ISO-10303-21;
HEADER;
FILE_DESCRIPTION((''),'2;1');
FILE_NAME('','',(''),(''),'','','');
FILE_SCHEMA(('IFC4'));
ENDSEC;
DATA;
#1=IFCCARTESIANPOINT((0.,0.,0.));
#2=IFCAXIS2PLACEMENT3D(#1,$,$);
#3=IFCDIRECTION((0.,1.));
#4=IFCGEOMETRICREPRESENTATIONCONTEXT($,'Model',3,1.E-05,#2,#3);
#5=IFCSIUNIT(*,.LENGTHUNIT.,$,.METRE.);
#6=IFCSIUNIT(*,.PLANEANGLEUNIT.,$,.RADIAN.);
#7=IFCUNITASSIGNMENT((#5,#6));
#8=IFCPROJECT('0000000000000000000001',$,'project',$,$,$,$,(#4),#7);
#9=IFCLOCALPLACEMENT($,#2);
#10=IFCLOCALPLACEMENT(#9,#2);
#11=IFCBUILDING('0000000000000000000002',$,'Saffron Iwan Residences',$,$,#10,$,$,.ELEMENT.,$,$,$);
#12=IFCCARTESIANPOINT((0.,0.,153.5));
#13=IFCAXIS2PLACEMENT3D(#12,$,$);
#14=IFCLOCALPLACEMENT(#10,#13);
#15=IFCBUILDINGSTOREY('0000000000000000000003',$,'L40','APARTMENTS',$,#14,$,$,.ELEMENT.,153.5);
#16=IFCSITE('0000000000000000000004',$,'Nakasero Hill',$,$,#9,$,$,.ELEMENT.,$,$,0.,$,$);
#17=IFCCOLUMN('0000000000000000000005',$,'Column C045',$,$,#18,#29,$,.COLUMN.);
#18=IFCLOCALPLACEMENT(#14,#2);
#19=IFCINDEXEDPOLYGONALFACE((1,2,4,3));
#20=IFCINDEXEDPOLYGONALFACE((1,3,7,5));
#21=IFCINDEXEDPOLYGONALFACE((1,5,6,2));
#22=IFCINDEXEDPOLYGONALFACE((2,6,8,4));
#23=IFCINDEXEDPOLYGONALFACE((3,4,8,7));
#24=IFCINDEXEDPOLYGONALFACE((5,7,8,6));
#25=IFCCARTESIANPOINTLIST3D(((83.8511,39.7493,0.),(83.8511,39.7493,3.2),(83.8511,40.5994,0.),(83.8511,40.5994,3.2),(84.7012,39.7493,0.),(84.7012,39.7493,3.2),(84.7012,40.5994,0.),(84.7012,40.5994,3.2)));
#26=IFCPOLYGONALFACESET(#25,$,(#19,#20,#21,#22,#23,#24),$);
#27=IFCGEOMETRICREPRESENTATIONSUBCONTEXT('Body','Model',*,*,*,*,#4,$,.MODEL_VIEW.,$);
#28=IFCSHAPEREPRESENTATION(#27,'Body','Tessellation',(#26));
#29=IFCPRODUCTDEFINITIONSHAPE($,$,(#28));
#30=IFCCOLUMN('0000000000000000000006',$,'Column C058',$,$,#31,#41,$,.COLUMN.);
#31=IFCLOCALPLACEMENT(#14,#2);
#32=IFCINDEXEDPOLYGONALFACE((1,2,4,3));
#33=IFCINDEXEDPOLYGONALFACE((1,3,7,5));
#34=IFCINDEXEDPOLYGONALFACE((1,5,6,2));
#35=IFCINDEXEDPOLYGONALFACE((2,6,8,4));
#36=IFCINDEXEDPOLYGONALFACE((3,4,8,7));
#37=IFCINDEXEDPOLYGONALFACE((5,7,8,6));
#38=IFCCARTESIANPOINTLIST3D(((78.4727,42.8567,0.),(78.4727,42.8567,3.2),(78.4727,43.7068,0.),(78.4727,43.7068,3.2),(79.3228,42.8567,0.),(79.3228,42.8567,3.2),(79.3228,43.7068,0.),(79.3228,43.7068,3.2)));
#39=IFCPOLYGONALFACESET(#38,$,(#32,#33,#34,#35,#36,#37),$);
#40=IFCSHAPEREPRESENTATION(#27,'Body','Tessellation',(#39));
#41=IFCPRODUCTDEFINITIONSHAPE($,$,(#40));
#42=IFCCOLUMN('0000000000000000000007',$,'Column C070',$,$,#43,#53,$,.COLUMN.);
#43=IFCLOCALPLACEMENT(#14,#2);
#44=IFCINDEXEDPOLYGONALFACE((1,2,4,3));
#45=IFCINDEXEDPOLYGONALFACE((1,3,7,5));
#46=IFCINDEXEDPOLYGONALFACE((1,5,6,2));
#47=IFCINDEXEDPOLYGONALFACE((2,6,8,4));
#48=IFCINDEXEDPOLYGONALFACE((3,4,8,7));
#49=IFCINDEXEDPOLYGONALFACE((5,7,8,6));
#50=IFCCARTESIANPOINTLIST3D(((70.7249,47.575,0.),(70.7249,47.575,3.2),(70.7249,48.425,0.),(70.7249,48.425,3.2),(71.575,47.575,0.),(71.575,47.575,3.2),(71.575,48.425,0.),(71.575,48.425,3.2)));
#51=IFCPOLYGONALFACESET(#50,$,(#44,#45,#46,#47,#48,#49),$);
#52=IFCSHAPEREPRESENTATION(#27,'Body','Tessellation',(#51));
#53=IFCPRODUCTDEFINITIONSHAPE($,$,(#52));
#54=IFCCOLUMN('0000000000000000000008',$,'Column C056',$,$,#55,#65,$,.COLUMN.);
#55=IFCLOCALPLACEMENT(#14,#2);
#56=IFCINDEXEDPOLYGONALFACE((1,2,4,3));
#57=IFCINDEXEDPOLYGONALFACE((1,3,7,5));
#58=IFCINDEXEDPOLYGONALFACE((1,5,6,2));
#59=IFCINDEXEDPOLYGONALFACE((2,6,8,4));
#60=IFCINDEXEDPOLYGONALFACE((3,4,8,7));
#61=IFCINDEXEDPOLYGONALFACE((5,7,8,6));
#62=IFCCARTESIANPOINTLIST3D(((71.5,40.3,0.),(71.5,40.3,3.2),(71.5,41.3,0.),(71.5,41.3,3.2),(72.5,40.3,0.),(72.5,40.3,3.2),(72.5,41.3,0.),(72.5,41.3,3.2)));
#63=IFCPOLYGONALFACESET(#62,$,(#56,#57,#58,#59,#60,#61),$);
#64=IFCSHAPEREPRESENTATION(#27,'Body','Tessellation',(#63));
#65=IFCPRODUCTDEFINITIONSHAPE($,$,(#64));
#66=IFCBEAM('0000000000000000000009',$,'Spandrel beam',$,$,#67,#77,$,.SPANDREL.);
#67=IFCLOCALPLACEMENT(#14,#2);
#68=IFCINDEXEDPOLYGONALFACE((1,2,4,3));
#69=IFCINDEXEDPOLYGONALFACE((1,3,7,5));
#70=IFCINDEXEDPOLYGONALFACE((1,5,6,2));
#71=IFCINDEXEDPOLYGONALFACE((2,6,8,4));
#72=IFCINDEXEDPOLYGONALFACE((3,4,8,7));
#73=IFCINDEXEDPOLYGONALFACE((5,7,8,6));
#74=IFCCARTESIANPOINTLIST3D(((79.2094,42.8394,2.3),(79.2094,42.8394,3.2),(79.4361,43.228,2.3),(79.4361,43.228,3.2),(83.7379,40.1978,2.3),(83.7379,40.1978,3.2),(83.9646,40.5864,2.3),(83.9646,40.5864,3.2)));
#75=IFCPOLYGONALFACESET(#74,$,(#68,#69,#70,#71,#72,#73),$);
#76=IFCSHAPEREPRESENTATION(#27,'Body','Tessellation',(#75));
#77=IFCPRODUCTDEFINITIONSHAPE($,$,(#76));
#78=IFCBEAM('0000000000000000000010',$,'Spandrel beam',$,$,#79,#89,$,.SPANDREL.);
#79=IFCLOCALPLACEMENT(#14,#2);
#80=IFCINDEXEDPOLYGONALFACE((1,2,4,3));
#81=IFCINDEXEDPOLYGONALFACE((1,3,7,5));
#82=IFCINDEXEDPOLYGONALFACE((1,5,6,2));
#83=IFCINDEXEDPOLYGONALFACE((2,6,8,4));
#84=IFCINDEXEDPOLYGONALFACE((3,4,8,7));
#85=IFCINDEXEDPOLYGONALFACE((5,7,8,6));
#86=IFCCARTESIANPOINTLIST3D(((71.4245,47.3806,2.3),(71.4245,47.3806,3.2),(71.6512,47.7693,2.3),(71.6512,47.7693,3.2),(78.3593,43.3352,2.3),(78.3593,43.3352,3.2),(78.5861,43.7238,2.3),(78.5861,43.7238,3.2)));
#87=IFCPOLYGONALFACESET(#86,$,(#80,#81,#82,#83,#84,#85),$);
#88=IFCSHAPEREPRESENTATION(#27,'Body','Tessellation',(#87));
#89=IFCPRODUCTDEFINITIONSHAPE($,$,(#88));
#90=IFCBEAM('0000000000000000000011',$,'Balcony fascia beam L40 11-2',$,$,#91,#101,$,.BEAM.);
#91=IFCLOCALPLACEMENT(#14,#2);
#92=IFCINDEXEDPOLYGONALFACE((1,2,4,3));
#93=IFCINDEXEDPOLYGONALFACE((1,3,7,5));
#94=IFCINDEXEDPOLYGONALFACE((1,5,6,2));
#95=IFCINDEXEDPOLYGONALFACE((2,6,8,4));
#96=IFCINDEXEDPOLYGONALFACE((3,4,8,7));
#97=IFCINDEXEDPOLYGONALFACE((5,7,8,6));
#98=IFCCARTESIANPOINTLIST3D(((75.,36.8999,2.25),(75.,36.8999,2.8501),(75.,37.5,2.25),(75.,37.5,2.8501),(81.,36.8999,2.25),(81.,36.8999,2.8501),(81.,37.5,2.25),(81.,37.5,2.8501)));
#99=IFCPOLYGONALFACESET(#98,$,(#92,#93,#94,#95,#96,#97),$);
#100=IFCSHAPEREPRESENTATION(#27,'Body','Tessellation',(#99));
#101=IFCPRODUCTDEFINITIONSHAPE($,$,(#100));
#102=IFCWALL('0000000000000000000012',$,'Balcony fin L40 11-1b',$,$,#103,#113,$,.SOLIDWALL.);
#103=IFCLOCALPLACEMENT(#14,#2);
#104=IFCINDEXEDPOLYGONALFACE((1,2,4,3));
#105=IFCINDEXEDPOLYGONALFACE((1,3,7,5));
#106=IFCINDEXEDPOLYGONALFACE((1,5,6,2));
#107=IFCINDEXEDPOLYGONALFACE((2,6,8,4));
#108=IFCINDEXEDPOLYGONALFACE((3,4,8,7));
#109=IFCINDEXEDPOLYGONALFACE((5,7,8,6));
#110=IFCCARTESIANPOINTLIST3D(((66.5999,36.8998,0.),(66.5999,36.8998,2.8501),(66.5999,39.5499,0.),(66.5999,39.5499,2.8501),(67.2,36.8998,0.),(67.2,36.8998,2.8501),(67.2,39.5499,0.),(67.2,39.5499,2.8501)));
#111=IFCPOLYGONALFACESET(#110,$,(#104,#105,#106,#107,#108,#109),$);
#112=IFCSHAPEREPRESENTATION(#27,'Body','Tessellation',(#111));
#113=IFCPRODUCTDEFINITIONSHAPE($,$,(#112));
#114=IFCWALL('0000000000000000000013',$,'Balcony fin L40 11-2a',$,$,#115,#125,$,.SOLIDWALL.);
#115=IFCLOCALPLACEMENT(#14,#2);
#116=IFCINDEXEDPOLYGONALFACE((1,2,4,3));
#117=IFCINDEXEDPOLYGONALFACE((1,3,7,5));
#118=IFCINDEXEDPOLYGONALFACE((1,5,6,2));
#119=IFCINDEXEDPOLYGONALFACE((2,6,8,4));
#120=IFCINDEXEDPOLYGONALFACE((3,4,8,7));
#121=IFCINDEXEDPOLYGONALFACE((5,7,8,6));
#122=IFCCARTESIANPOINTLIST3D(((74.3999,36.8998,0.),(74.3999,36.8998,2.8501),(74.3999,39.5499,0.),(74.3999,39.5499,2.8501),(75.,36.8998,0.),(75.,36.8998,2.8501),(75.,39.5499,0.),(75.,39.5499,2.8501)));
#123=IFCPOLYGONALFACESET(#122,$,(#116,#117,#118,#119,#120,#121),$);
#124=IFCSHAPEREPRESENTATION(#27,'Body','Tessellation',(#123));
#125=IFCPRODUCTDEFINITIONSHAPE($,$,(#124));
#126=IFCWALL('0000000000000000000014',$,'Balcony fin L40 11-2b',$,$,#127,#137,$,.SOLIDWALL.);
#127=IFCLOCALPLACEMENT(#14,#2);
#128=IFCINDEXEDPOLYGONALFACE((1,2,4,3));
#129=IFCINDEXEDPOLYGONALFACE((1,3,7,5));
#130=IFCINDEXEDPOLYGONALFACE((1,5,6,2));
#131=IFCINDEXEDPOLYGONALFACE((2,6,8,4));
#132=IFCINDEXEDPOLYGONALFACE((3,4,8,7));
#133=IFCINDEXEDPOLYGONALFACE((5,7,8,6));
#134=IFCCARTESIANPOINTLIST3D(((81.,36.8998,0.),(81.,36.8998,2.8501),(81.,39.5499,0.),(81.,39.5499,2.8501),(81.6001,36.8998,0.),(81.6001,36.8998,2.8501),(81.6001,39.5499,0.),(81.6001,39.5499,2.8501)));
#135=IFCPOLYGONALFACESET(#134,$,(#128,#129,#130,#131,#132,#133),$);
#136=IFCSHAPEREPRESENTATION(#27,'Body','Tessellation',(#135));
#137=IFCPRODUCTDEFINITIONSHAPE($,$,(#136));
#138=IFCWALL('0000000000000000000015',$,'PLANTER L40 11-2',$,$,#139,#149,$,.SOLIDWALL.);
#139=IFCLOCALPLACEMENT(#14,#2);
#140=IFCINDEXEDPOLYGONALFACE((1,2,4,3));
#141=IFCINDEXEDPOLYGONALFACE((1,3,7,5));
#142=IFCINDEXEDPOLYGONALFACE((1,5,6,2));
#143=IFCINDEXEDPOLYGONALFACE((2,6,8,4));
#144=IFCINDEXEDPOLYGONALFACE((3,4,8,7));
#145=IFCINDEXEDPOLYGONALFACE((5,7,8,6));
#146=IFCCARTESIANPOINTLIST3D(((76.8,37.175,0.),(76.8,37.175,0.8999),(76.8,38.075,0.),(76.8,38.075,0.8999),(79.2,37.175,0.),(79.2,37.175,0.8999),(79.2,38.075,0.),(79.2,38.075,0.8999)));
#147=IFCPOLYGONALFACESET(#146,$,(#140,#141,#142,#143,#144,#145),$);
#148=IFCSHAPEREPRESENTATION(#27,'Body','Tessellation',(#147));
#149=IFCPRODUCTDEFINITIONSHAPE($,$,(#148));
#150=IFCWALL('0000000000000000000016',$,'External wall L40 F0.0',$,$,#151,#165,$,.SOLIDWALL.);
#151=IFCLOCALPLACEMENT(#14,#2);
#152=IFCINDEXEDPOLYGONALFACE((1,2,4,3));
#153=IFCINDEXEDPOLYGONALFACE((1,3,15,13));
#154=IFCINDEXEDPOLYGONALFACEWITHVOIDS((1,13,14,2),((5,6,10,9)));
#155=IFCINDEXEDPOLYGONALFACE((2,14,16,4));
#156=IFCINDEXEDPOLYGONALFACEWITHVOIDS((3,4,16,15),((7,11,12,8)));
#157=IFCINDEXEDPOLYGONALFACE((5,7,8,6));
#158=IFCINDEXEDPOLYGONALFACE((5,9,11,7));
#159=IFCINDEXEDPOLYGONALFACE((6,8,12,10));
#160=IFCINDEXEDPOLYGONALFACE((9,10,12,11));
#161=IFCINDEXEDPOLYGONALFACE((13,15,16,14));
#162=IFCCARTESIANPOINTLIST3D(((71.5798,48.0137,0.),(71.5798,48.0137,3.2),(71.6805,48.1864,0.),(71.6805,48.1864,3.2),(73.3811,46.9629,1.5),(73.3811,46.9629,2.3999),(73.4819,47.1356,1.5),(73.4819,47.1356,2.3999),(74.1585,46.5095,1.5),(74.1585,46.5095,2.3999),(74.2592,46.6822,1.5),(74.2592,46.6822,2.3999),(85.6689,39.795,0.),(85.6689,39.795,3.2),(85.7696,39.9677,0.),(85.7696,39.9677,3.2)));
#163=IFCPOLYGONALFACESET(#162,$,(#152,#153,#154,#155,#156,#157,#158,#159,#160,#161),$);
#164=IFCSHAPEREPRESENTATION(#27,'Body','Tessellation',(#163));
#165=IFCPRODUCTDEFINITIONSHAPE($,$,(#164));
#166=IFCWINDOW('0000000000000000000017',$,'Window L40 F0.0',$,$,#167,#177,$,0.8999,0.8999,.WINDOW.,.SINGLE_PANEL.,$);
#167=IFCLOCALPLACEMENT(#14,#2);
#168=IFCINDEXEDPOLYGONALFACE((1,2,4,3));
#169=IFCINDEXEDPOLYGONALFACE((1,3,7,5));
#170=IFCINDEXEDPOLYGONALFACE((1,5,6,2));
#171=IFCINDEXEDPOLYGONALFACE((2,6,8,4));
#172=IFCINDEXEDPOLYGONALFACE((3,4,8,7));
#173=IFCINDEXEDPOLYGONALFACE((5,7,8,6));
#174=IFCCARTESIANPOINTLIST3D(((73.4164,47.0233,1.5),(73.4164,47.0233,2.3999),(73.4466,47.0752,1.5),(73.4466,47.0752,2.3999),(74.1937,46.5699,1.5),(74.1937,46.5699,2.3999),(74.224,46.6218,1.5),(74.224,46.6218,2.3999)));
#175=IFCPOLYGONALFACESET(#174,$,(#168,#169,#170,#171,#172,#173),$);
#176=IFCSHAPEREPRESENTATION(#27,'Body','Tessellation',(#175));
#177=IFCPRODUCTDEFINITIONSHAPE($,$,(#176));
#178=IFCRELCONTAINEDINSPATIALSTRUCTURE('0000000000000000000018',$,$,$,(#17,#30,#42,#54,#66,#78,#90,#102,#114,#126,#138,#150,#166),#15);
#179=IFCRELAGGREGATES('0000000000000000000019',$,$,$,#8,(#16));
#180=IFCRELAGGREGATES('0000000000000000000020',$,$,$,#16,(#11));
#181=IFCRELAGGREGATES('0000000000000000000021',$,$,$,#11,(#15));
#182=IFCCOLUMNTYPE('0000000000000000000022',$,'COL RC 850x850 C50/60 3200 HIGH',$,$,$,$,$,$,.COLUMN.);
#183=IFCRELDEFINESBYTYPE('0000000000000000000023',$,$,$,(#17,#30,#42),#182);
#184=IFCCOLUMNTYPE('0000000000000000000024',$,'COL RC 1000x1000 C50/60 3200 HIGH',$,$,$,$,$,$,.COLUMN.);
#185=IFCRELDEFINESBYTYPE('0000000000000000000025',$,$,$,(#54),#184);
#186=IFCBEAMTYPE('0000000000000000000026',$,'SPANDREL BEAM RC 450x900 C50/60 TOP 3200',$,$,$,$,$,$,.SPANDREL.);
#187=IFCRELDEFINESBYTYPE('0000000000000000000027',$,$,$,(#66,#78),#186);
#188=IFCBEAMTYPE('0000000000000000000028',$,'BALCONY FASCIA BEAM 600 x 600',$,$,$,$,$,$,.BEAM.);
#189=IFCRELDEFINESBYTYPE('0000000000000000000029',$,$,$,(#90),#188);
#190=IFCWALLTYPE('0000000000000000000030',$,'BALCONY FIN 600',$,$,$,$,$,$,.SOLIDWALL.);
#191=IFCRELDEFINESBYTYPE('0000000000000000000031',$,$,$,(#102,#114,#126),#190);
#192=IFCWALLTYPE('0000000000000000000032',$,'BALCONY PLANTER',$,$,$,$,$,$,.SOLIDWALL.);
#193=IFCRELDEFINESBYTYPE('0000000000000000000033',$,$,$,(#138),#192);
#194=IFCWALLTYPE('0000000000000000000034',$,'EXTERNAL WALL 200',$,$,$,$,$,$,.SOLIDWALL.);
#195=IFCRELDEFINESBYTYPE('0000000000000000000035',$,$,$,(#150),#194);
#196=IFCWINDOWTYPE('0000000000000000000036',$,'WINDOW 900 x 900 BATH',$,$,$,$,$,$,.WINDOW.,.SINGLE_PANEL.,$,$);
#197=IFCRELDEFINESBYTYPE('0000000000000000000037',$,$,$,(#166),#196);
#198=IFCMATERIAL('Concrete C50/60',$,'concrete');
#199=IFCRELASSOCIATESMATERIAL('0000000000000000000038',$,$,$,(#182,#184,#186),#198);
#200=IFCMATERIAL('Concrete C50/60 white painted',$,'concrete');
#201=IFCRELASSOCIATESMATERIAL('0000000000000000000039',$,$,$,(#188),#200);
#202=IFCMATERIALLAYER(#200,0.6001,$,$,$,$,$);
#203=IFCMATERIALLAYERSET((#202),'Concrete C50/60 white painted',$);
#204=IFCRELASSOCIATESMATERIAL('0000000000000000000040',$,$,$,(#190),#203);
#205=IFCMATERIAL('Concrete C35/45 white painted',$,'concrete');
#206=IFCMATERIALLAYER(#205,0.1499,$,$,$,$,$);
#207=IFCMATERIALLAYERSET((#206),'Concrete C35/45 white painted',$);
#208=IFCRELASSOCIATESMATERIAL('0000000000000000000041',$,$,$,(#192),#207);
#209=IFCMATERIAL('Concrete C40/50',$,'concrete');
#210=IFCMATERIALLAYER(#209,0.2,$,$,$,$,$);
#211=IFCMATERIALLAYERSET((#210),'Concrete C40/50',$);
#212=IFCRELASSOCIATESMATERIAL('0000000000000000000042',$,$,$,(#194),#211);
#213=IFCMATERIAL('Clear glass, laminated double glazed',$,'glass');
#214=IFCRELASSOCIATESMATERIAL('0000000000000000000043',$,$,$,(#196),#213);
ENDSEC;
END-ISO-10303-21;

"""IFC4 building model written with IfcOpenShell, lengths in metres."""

from ifc_helpers import new_model, si_unit, direction, frame, frame_2d, origin, origin_2d, place, context, subcontext, project, spatial, rectangle, extrude, source, transform, mapped, material, layer, layer_set, material_profile, profile_set, type_object, element, fill, save


model = new_model("IFC4")

# Units and contexts
model_context = context("Model", 3, precision=1e-05, world=origin(), true_north=direction((0.0, 1.0)))
body_context = subcontext(model_context, "Body", "Model", "MODEL_VIEW")
ifc_project = project(units=[si_unit("LENGTHUNIT", "METRE"), si_unit("PLANEANGLEUNIT", "RADIAN")], contexts=[model_context])

# Site, building, storey
site_placement = place(None, origin())
site = spatial("IfcSite", under=ifc_project, at=site_placement, Name="Nakasero Hill", CompositionType="ELEMENT", RefElevation=0.0)
building_placement = place(site_placement, origin())
building = spatial("IfcBuilding", under=site, at=building_placement, Name="Saffron Iwan Residences", CompositionType="ELEMENT")
storey_placement = place(building_placement, frame((0.0, 0.0, 153.5)))
storey = spatial("IfcBuildingStorey", under=building, at=storey_placement, Name="L40", Description="APARTMENTS", CompositionType="ELEMENT", Elevation=153.5)

# Columns
ifc_material_1 = material(Name="Concrete C50/60", Category="concrete")
ifc_material_profile_1 = material_profile(ifc_material_1, rectangle(XDim=0.8501, YDim=0.8501, at=origin_2d()), Name="RC 850x850")
ifc_profile_set_1 = profile_set([ifc_material_profile_1], Name="Concrete C50/60")
column_type_1 = type_object("IfcColumnType", Name="COL RC 850x850 C50/60 3200 HIGH", PredefinedType="COLUMN", material=ifc_profile_set_1)
shared_shape_1 = source(origin(), body_context, "Body", "SweptSolid", [
    extrude(rectangle(XDim=0.8501, YDim=0.8501, at=origin_2d()), origin(), (0.0, 0.0, 1.0), 3.2),
])
for number, where, z_axis, x_axis, name in (
    (1, (84.2761, 40.1743, 0.0), (0.0, 0.0, 1.0), (1.0, 0.0, 0.0), "Column C045"),
    (2, (78.8977, 43.2817, 0.0), (0.0, 0.0, 1.0), (1.0, 0.0, 0.0), "Column C058"),
    (3, (71.1499, 48.0, 0.0), (0.0, 0.0, 1.0), (1.0, 0.0, 0.0), "Column C070"),
):
    element("IfcColumn", number, at=place(storey_placement, frame(where, z_axis=z_axis, x_axis=x_axis)), inside=storey, type_object=column_type_1, Name=name, PredefinedType="COLUMN", context=body_context, shape_type="MappedRepresentation", body=[
        mapped(shared_shape_1, transform((0.0, 0.0, 0.0))),
    ])
ifc_material_profile_2 = material_profile(ifc_material_1, rectangle(XDim=1.0, YDim=1.0, at=origin_2d()), Name="RC 1000x1000")
ifc_profile_set_2 = profile_set([ifc_material_profile_2], Name="Concrete C50/60")
column_type_2 = type_object("IfcColumnType", Name="COL RC 1000x1000 C50/60 3200 HIGH", PredefinedType="COLUMN", material=ifc_profile_set_2)
shared_shape_2 = source(origin(), body_context, "Body", "SweptSolid", [
    extrude(rectangle(XDim=1.0, YDim=1.0, at=origin_2d()), origin(), (0.0, 0.0, 1.0), 3.2),
])
column_placement = place(storey_placement, frame((72.0, 40.8, 0.0), z_axis=(0.0, 0.0, 1.0), x_axis=(1.0, 0.0, 0.0)))
element("IfcColumn", 4, at=column_placement, inside=storey, type_object=column_type_2, Name="Column C056", PredefinedType="COLUMN", context=body_context, shape_type="MappedRepresentation", body=[
    mapped(shared_shape_2, transform((0.0, 0.0, 0.0))),
])

# Beams
ifc_material_profile_3 = material_profile(ifc_material_1, rectangle(XDim=0.45, YDim=0.8999, at=origin_2d()), Name="RC 450x900")
ifc_profile_set_3 = profile_set([ifc_material_profile_3], Name="Concrete C50/60")
beam_type_1 = type_object("IfcBeamType", Name="SPANDREL BEAM RC 450x900 C50/60 TOP 3200", PredefinedType="SPANDREL", material=ifc_profile_set_3)
shared_shape_3 = source(origin(), body_context, "Body", "SweptSolid", [
    extrude(rectangle(XDim=0.45, YDim=0.8999, at=origin_2d()), origin(), (0.0, 0.0, 1.0), 5.2427),
])
beam_1_placement = place(storey_placement, frame((79.3228, 43.0337, 2.75), z_axis=(0.863784, -0.503862, 0.0), x_axis=(0.503862, 0.863784, 0.0)))
element("IfcBeam", 5, at=beam_1_placement, inside=storey, type_object=beam_type_1, Name="Spandrel beam", PredefinedType="SPANDREL", context=body_context, shape_type="MappedRepresentation", body=[
    mapped(shared_shape_3, transform((0.0, 0.0, 0.0))),
])
shared_shape_4 = source(origin(), body_context, "Body", "SweptSolid", [
    extrude(rectangle(XDim=0.45, YDim=0.8999, at=origin_2d()), origin(), (0.0, 0.0, 1.0), 8.0286),
])
beam_2_placement = place(storey_placement, frame((71.5378, 47.575, 2.75), z_axis=(0.863773, -0.50388, 0.0), x_axis=(0.50388, 0.863773, 0.0)))
element("IfcBeam", 6, at=beam_2_placement, inside=storey, type_object=beam_type_1, Name="Spandrel beam", PredefinedType="SPANDREL", context=body_context, shape_type="MappedRepresentation", body=[
    mapped(shared_shape_4, transform((0.0, 0.0, 0.0))),
])
ifc_material_2 = material(Name="Concrete C50/60 white painted", Category="concrete")
ifc_material_profile_4 = material_profile(ifc_material_2, rectangle(XDim=0.6001, YDim=0.6001, at=origin_2d()), Name="BALCONY FASCIA BEAM 600 x 600")
ifc_profile_set_4 = profile_set([ifc_material_profile_4], Name="Concrete C50/60 white painted")
beam_type_2 = type_object("IfcBeamType", Name="BALCONY FASCIA BEAM 600 x 600", PredefinedType="BEAM", material=ifc_profile_set_4)
shared_shape_5 = source(origin(), body_context, "Body", "SweptSolid", [
    extrude(rectangle(XDim=0.6001, YDim=0.6001, at=origin_2d()), origin(), (0.0, 0.0, 1.0), 6.0),
])
beam_3_placement = place(storey_placement, frame((75.0, 37.2, 2.55), z_axis=(1.0, 0.0, 0.0), x_axis=(0.0, 1.0, 0.0)))
element("IfcBeam", 7, at=beam_3_placement, inside=storey, type_object=beam_type_2, Name="Balcony fascia beam L40 11-2", PredefinedType="BEAM", context=body_context, shape_type="MappedRepresentation", body=[
    mapped(shared_shape_5, transform((0.0, 0.0, 0.0))),
])

# Walls
ifc_layer_1 = layer(ifc_material_2, 0.6001)
ifc_layer_set_1 = layer_set([ifc_layer_1], Name="Concrete C50/60 white painted")
wall_type_1 = type_object("IfcWallType", Name="BALCONY FIN 600", PredefinedType="SOLIDWALL", material=ifc_layer_set_1)
for number, where, z_axis, x_axis, name in (
    (8, (66.8999, 39.55, 0.0), (0.0, 0.0, 1.0), (0.0, -1.0, 0.0), "Balcony fin L40 11-1b"),
    (9, (74.7, 39.55, 0.0), (0.0, 0.0, 1.0), (0.0, -1.0, 0.0), "Balcony fin L40 11-2a"),
    (10, (81.3, 39.55, 0.0), (0.0, 0.0, 1.0), (0.0, -1.0, 0.0), "Balcony fin L40 11-2b"),
):
    element("IfcWall", number, at=place(storey_placement, frame(where, z_axis=z_axis, x_axis=x_axis)), inside=storey, type_object=wall_type_1, Name=name, PredefinedType="SOLIDWALL", context=body_context, shape_type="SweptSolid", body=[
        extrude(rectangle(XDim=2.6501, YDim=0.6001, at=frame_2d((1.3252, 0.0))), origin(), (0.0, 0.0, 1.0), 2.8501),
    ])
ifc_material_3 = material(Name="Concrete C35/45 white painted", Category="concrete")
ifc_layer_2 = layer(ifc_material_3, 0.1499)
ifc_layer_set_2 = layer_set([ifc_layer_2], Name="Concrete C35/45 white painted")
wall_type_2 = type_object("IfcWallType", Name="BALCONY PLANTER", PredefinedType="SOLIDWALL", material=ifc_layer_set_2)
wall_1_placement = place(storey_placement, frame((76.8, 37.625, 0.0), z_axis=(0.0, 0.0, 1.0), x_axis=(1.0, 0.0, 0.0)))
element("IfcWall", 11, at=wall_1_placement, inside=storey, type_object=wall_type_2, Name="PLANTER L40 11-2", PredefinedType="SOLIDWALL", context=body_context, shape_type="SweptSolid", body=[
    extrude(rectangle(XDim=2.3999, YDim=0.8999, at=frame_2d((1.2, 0.0))), origin(), (0.0, 0.0, 1.0), 0.8999),
])

# Wall, opening, window
ifc_material_4 = material(Name="Concrete C40/50", Category="concrete")
ifc_layer_3 = layer(ifc_material_4, 0.2)
ifc_layer_set_3 = layer_set([ifc_layer_3], Name="Concrete C40/50")
wall_type_3 = type_object("IfcWallType", Name="EXTERNAL WALL 200", PredefinedType="SOLIDWALL", material=ifc_layer_set_3)
wall_2_placement = place(storey_placement, frame((85.7192, 39.8813, 0.0), z_axis=(0.0, 0.0, 1.0), x_axis=(-0.863776, 0.503876, 0.0)))
wall_2 = element("IfcWall", 12, at=wall_2_placement, inside=storey, type_object=wall_type_3, Name="External wall L40 F0.0", PredefinedType="SOLIDWALL", context=body_context, shape_type="SweptSolid", body=[
    extrude(rectangle(XDim=16.311, YDim=0.2, at=frame_2d((8.1555, 0.0))), origin(), (0.0, 0.0, 1.0), 3.2),
])
opening_1_placement = place(wall_2_placement, frame((13.3257, 0.0, 1.5)))
opening_1 = element("IfcOpeningElement", 13, at=opening_1_placement, cuts=wall_2, PredefinedType="OPENING", context=body_context, shape_type="SweptSolid", body=[
    extrude(rectangle(XDim=0.8999, YDim=0.8999, at=frame_2d((0.45, 0.45))), frame((0.0, 0.1099, 0.0), z_axis=(0.0, -1.0, 0.0), x_axis=(1.0, 0.0, 0.0)), (0.0, 0.0, 1.0), 0.22),
])
ifc_material_5 = material(Name="Clear glass, laminated double glazed", Category="glass")
window_type = type_object("IfcWindowType", Name="WINDOW 900 x 900 BATH", PartitioningType="SINGLE_PANEL", PredefinedType="WINDOW", material=ifc_material_5)
window_placement = place(opening_1_placement, origin())
window = element("IfcWindow", 14, at=window_placement, inside=storey, type_object=window_type, Name="Window L40 F0.0", OverallHeight=0.8999, OverallWidth=0.8999, PartitioningType="SINGLE_PANEL", PredefinedType="WINDOW", context=body_context, shape_type="SweptSolid", body=[
    extrude(rectangle(XDim=0.8999, YDim=0.8999, at=frame_2d((0.45, 0.45))), frame((0.0, 0.03, 0.0), z_axis=(0.0, -1.0, 0.0), x_axis=(1.0, 0.0, 0.0)), (0.0, 0.0, 1.0), 0.0601),
])
fill(opening_1, window)

save(model, "model.ifc")
